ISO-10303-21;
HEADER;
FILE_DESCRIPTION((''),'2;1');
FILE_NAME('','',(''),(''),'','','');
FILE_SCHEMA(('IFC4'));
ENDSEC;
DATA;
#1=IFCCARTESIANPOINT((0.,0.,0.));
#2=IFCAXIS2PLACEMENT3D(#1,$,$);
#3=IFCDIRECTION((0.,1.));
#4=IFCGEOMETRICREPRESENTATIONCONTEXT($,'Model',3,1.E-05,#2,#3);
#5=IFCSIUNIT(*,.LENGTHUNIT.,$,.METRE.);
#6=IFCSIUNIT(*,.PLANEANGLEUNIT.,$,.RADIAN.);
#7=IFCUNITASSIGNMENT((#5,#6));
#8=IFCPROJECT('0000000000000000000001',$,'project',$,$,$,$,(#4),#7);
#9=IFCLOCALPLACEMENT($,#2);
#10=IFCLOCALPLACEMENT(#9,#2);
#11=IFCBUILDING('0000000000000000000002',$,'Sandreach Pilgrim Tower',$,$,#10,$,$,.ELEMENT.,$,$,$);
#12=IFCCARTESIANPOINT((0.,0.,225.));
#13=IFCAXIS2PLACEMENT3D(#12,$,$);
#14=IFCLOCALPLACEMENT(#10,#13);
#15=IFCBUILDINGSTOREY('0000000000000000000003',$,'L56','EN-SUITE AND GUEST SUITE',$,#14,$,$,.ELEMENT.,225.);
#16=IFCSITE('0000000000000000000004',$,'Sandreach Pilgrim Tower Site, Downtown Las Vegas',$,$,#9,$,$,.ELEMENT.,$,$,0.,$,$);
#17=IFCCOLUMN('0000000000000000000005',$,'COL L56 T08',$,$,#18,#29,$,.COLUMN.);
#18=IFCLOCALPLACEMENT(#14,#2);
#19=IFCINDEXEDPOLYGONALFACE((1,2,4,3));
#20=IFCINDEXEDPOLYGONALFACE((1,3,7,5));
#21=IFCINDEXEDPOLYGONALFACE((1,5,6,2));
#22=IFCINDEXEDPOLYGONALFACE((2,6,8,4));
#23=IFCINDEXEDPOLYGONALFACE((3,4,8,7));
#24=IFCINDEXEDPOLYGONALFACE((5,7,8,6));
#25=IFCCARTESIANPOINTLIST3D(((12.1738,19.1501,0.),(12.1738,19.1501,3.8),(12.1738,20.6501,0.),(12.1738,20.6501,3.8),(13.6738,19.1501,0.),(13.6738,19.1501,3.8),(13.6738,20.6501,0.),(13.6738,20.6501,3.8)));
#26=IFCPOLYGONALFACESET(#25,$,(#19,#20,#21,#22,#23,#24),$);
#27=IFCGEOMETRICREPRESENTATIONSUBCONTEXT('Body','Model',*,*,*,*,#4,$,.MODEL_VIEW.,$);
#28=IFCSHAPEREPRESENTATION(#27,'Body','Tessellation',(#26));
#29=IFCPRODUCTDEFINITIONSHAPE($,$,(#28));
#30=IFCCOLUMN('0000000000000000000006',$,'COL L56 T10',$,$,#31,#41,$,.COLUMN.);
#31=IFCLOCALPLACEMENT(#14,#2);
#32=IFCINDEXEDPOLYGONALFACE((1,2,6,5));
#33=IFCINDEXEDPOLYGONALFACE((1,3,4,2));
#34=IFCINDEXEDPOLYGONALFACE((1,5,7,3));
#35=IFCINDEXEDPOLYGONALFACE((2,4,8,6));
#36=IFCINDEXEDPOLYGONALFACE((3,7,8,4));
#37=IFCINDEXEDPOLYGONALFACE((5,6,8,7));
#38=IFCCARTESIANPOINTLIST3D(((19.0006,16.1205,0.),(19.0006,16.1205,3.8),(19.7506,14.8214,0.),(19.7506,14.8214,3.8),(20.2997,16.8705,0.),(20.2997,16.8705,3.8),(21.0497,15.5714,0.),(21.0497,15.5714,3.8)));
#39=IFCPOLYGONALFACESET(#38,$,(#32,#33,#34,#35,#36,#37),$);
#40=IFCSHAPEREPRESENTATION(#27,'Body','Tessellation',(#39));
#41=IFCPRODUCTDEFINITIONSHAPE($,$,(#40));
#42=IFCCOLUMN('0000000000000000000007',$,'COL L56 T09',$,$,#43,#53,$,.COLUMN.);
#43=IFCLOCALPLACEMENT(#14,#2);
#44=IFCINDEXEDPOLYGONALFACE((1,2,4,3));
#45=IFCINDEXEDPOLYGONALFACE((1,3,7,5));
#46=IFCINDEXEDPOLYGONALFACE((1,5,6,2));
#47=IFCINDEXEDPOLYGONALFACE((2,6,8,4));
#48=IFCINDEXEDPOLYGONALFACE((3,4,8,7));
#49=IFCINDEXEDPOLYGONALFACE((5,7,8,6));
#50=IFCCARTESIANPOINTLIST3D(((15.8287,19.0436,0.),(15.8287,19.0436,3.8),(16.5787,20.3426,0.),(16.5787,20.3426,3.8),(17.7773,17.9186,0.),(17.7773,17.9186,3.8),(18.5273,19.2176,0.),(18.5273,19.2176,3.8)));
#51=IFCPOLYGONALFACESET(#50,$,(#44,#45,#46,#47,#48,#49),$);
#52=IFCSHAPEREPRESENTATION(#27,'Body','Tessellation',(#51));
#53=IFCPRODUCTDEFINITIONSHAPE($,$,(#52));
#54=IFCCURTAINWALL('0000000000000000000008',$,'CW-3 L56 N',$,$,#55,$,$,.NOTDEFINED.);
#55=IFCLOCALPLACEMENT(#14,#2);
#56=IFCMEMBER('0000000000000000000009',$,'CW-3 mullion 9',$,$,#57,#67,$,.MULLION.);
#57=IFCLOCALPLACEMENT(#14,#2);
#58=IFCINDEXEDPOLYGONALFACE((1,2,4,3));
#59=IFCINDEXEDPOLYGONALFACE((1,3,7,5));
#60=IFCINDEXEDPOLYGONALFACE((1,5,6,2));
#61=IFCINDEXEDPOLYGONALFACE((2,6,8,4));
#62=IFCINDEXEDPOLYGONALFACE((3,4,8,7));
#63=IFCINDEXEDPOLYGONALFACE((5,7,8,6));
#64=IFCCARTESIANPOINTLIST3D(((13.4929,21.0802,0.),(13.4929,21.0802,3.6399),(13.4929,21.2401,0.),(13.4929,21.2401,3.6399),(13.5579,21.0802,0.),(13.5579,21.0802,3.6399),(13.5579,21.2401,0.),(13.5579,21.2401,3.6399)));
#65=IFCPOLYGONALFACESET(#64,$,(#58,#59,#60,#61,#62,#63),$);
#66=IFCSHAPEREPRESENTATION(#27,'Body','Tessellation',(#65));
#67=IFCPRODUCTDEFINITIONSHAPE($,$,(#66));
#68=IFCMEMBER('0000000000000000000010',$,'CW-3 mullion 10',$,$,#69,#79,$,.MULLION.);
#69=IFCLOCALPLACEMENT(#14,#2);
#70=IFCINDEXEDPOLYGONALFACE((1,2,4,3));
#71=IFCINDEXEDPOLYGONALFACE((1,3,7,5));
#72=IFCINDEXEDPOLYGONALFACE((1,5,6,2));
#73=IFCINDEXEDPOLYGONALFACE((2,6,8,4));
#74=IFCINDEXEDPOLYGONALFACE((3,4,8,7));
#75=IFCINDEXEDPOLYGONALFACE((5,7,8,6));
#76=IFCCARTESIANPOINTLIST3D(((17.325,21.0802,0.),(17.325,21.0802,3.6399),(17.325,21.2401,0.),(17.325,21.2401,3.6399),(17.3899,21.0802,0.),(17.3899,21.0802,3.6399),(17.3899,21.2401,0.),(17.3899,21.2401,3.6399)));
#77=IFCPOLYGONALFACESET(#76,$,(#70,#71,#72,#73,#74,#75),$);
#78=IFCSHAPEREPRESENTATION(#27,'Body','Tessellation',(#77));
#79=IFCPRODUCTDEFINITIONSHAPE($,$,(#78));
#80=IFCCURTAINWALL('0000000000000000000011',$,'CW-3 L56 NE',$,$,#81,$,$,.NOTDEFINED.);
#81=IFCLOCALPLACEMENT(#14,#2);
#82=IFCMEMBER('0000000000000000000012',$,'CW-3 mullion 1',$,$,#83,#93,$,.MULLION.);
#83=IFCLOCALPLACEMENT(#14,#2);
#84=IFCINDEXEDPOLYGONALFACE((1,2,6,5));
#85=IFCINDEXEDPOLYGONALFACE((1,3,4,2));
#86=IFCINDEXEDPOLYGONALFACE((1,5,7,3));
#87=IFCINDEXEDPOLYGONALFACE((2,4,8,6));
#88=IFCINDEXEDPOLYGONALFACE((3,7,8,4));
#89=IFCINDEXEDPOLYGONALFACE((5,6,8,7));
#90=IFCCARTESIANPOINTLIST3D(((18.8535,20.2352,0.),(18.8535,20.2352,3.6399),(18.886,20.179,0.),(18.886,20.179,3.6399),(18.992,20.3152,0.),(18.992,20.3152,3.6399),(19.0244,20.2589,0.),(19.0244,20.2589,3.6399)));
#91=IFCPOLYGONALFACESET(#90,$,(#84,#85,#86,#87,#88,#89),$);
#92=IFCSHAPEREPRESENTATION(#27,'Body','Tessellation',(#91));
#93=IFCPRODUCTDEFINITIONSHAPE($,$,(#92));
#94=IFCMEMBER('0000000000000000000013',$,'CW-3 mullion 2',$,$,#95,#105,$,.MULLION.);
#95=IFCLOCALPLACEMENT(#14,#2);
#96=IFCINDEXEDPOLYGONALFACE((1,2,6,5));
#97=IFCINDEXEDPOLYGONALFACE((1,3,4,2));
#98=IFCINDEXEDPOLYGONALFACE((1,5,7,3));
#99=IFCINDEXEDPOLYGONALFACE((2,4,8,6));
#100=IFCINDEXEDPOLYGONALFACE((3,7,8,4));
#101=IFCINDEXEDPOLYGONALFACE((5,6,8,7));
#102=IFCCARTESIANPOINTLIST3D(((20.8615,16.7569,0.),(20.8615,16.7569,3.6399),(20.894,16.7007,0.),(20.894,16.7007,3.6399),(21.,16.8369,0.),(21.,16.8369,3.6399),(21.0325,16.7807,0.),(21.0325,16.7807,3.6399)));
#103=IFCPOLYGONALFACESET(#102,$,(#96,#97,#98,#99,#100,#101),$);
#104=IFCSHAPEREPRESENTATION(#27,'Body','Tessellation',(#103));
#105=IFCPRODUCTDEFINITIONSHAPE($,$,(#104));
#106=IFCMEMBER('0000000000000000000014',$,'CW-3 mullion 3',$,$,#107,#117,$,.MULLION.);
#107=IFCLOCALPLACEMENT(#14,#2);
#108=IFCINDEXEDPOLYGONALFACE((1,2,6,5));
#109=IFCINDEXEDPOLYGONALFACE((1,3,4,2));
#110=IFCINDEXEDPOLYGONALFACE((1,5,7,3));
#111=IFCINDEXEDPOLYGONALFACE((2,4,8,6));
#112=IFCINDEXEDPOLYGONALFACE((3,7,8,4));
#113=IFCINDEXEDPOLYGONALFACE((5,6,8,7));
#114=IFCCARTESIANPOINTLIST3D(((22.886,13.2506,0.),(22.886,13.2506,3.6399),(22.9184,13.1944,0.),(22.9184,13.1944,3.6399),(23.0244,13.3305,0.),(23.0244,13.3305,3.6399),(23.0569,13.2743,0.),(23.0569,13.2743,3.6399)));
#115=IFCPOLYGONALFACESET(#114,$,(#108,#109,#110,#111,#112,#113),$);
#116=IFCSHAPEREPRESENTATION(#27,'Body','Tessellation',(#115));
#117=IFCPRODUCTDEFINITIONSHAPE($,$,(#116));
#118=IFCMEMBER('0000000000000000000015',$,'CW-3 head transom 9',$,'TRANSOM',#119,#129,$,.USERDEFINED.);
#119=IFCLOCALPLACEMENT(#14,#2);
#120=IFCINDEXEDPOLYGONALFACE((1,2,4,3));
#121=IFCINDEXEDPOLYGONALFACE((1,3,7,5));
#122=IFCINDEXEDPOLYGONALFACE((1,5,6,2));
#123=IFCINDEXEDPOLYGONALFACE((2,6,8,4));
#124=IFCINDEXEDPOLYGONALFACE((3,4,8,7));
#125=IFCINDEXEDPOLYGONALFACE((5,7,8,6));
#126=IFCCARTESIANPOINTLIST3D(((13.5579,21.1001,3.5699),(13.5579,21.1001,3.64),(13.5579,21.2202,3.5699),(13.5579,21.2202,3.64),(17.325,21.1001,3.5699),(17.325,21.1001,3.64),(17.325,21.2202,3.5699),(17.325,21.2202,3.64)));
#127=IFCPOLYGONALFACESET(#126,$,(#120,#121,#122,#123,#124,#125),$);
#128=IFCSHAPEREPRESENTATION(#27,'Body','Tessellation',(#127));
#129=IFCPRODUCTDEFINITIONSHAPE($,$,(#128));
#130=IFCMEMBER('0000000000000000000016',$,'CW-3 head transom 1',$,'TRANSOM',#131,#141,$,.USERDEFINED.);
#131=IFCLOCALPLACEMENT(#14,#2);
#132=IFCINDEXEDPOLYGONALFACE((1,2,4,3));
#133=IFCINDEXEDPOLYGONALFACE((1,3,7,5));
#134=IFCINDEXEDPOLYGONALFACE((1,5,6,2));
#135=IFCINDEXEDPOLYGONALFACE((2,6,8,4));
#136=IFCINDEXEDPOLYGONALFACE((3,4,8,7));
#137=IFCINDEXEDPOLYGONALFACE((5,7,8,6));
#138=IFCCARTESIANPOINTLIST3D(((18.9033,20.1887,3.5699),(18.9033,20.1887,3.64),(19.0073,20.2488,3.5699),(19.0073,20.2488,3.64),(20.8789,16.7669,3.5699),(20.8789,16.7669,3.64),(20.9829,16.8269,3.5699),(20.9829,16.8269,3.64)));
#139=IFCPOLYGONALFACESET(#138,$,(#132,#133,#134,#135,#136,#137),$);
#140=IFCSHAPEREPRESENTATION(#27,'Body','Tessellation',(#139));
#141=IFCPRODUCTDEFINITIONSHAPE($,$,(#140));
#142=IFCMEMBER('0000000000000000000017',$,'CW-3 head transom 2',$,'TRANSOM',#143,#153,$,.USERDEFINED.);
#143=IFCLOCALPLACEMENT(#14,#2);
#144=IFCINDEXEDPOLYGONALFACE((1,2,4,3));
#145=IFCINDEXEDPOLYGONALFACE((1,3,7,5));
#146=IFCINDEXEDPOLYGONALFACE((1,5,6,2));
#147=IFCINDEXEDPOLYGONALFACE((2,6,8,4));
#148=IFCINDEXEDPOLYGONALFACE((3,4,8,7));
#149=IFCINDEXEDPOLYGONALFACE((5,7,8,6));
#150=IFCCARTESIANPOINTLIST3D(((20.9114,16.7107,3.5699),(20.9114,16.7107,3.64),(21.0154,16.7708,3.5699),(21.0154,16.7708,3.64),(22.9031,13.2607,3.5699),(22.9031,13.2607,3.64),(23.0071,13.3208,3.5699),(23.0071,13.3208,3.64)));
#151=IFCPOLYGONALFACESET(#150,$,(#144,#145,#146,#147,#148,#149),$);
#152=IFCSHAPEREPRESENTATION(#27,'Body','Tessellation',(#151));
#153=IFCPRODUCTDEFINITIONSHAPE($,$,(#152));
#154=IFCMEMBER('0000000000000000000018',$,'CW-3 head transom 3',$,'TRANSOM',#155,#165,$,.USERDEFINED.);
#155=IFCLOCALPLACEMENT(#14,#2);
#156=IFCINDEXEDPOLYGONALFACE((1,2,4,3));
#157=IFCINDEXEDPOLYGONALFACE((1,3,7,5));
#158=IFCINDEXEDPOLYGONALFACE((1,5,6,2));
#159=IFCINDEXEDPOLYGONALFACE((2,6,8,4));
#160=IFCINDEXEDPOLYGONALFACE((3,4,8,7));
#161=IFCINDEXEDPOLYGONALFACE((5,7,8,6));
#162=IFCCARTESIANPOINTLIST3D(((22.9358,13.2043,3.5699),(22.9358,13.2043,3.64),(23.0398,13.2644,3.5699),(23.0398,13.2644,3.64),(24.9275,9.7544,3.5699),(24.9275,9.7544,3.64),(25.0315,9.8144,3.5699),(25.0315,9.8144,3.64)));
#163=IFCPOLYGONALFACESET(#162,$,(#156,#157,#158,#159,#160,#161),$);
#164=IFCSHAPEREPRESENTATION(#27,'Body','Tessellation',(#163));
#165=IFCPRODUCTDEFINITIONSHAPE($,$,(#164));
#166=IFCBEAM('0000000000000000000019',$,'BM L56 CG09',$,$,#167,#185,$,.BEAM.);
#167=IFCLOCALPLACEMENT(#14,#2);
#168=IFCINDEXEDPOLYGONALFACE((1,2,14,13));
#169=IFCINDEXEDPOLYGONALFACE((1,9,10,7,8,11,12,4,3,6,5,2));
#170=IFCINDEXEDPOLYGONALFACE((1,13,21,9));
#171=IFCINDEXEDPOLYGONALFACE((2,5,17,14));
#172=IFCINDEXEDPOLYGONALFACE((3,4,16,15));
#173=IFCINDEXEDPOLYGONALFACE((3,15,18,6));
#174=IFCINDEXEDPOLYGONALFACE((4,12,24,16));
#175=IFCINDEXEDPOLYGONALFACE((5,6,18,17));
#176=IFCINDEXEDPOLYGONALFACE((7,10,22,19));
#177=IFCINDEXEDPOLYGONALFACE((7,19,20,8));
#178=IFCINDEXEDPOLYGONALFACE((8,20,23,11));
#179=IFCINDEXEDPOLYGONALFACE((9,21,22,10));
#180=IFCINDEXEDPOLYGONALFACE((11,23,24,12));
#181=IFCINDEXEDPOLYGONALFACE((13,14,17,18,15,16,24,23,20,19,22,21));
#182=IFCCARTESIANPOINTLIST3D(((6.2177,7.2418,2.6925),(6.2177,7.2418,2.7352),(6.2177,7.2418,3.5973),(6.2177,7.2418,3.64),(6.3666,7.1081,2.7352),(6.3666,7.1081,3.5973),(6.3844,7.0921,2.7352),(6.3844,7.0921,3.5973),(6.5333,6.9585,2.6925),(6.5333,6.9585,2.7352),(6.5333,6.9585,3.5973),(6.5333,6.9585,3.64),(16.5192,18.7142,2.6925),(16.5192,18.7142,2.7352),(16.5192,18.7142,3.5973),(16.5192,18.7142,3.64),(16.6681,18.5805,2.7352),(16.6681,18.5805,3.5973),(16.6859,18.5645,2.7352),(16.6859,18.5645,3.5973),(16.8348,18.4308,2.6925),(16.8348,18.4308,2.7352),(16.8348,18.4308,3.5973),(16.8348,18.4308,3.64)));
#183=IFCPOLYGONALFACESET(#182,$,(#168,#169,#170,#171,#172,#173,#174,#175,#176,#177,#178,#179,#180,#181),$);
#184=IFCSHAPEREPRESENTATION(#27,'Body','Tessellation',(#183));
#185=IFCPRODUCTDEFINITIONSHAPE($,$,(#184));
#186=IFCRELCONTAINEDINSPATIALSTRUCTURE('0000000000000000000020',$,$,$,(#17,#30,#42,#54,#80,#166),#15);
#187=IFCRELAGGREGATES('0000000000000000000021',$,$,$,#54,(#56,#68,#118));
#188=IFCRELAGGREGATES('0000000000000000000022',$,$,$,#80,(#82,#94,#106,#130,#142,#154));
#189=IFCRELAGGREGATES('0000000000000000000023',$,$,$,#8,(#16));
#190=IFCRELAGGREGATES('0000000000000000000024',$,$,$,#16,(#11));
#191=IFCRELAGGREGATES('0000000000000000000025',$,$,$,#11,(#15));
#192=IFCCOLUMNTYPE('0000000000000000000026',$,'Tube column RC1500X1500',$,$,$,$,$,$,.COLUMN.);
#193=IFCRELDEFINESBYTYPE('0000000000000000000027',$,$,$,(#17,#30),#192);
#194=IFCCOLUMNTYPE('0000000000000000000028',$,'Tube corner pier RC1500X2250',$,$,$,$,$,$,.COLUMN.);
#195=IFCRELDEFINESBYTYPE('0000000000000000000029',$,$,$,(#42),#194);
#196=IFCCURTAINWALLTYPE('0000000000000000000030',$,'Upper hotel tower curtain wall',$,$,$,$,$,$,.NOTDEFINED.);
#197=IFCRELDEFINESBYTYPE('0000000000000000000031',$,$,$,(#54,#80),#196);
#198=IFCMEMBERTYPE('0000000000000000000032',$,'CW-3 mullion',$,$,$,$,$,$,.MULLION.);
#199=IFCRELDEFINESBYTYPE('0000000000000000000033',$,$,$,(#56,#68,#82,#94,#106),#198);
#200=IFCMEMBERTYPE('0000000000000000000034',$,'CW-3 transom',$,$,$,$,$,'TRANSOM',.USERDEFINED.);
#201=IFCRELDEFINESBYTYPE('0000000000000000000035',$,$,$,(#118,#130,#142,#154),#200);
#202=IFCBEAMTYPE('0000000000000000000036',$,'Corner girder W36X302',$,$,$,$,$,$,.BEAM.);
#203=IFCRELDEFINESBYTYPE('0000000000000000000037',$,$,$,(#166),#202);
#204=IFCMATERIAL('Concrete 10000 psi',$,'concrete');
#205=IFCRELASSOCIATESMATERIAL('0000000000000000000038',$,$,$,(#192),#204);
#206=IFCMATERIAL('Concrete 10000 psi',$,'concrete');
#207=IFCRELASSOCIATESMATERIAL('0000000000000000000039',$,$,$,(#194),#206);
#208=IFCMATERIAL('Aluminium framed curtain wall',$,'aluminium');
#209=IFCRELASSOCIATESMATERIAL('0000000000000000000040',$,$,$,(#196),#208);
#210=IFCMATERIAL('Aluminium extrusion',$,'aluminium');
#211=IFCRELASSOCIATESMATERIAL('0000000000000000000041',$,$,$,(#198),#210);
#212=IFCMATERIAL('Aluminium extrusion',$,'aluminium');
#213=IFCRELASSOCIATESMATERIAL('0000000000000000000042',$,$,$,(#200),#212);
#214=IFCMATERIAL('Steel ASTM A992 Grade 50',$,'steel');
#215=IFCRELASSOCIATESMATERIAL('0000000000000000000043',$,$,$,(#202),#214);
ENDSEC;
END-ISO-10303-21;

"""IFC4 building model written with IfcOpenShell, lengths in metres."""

from ifc_helpers import new_model, si_unit, direction, frame, origin, origin_2d, place, context, subcontext, project, spatial, rectangle, i_section, extrude, material, material_profile, profile_set, type_object, element, aggregate, save


model = new_model("IFC4")

# Units and contexts
model_context = context("Model", 3, precision=1e-05, world=origin(), true_north=direction((0.0, 1.0)))
body_context = subcontext(model_context, "Body", "Model", "MODEL_VIEW")
ifc_project = project(units=[si_unit("LENGTHUNIT", "METRE"), si_unit("PLANEANGLEUNIT", "RADIAN")], contexts=[model_context])

# Site, building, storey
site_placement = place(None, origin())
site = spatial("IfcSite", under=ifc_project, at=site_placement, Name="Sandreach Pilgrim Tower Site, Downtown Las Vegas", CompositionType="ELEMENT", RefElevation=0.0)
building_placement = place(site_placement, origin())
building = spatial("IfcBuilding", under=site, at=building_placement, Name="Sandreach Pilgrim Tower", CompositionType="ELEMENT")
storey_placement = place(building_placement, frame((0.0, 0.0, 225.0)))
storey = spatial("IfcBuildingStorey", under=building, at=storey_placement, Name="L56", Description="EN-SUITE AND GUEST SUITE", CompositionType="ELEMENT", Elevation=225.0)

# Columns
ifc_material_1 = material(Name="Concrete 10000 psi", Category="concrete")
ifc_material_profile_1 = material_profile(ifc_material_1, rectangle(XDim=1.5, YDim=1.5, at=origin_2d()), Name="RC1500X1500")
ifc_profile_set_1 = profile_set([ifc_material_profile_1], Name="Concrete 10000 psi")
column_type_1 = type_object("IfcColumnType", Name="Tube column RC1500X1500", PredefinedType="COLUMN", material=ifc_profile_set_1)
for number, where, z_axis, x_axis, name in (
    (1, (12.9238, 19.9001, 0.0), (0.0, 0.0, 1.0), (0.0, 1.0, 0.0), "COL L56 T08"),
    (2, (20.0251, 15.8459, 0.0), (0.0, 0.0, 1.0), (0.866025, 0.5, 0.0), "COL L56 T10"),
):
    element("IfcColumn", number, at=place(storey_placement, frame(where, z_axis=z_axis, x_axis=x_axis)), inside=storey, type_object=column_type_1, Name=name, PredefinedType="COLUMN", context=body_context, shape_type="SweptSolid", body=[
        extrude(rectangle(XDim=1.5, YDim=1.5, at=origin_2d()), origin(), (0.0, 0.0, 1.0), 3.8),
    ])
ifc_material_2 = material(Name="Concrete 10000 psi", Category="concrete")
ifc_material_profile_2 = material_profile(ifc_material_2, rectangle(XDim=1.5, YDim=2.25, at=origin_2d()), Name="RC1500X2250")
ifc_profile_set_2 = profile_set([ifc_material_profile_2], Name="Concrete 10000 psi")
column_type_2 = type_object("IfcColumnType", Name="Tube corner pier RC1500X2250", PredefinedType="COLUMN", material=ifc_profile_set_2)
column_placement = place(storey_placement, frame((17.178, 19.1306, 0.0), z_axis=(0.0, 0.0, 1.0), x_axis=(0.5, 0.866025, 0.0)))
element("IfcColumn", 3, at=column_placement, inside=storey, type_object=column_type_2, Name="COL L56 T09", PredefinedType="COLUMN", context=body_context, shape_type="SweptSolid", body=[
    extrude(rectangle(XDim=1.5, YDim=2.25, at=origin_2d()), origin(), (0.0, 0.0, 1.0), 3.8),
])

# Curtain walls, members
ifc_material_3 = material(Name="Aluminium framed curtain wall", Category="aluminium")
curtain_wall_type = type_object("IfcCurtainWallType", Name="Upper hotel tower curtain wall", PredefinedType="NOTDEFINED", material=ifc_material_3)
curtain_wall_1_placement = place(storey_placement, origin())
curtain_wall_1 = element("IfcCurtainWall", 4, at=curtain_wall_1_placement, inside=storey, type_object=curtain_wall_type, Name="CW-3 L56 N", PredefinedType="NOTDEFINED")
ifc_material_4 = material(Name="Aluminium extrusion", Category="aluminium")
ifc_material_profile_3 = material_profile(ifc_material_4, rectangle(XDim=0.0649, YDim=0.1599, at=origin_2d()), Name="CW-3M 65X160")
ifc_profile_set_3 = profile_set([ifc_material_profile_3], Name="Aluminium extrusion")
member_type_1 = type_object("IfcMemberType", Name="CW-3 mullion", PredefinedType="MULLION", material=ifc_profile_set_3)
member_1_placement = place(storey_placement, frame((13.5254, 21.1602, 0.0), z_axis=(0.0, 0.0, 1.0), x_axis=(1.0, 0.0, 0.0)))
member_1 = element("IfcMember", 5, at=member_1_placement, type_object=member_type_1, Name="CW-3 mullion 9", PredefinedType="MULLION", context=body_context, shape_type="SweptSolid", body=[
    extrude(rectangle(XDim=0.0649, YDim=0.1599, at=origin_2d()), origin(), (0.0, 0.0, 1.0), 3.6399),
])
member_2_placement = place(storey_placement, frame((17.3574, 21.1602, 0.0), z_axis=(0.0, 0.0, 1.0), x_axis=(1.0, 0.0, 0.0)))
member_2 = element("IfcMember", 6, at=member_2_placement, type_object=member_type_1, Name="CW-3 mullion 10", PredefinedType="MULLION", context=body_context, shape_type="SweptSolid", body=[
    extrude(rectangle(XDim=0.0649, YDim=0.1599, at=origin_2d()), origin(), (0.0, 0.0, 1.0), 3.6399),
])
curtain_wall_2_placement = place(storey_placement, origin())
curtain_wall_2 = element("IfcCurtainWall", 7, at=curtain_wall_2_placement, inside=storey, type_object=curtain_wall_type, Name="CW-3 L56 NE", PredefinedType="NOTDEFINED")
member_3_placement = place(storey_placement, frame((18.939, 20.2471, 0.0), z_axis=(0.0, 0.0, 1.0), x_axis=(0.5, -0.866025, 0.0)))
member_3 = element("IfcMember", 8, at=member_3_placement, type_object=member_type_1, Name="CW-3 mullion 1", PredefinedType="MULLION", context=body_context, shape_type="SweptSolid", body=[
    extrude(rectangle(XDim=0.0649, YDim=0.1599, at=origin_2d()), origin(), (0.0, 0.0, 1.0), 3.6399),
])
member_4_placement = place(storey_placement, frame((20.947, 16.7688, 0.0), z_axis=(0.0, 0.0, 1.0), x_axis=(0.5, -0.866025, 0.0)))
member_4 = element("IfcMember", 9, at=member_4_placement, type_object=member_type_1, Name="CW-3 mullion 2", PredefinedType="MULLION", context=body_context, shape_type="SweptSolid", body=[
    extrude(rectangle(XDim=0.0649, YDim=0.1599, at=origin_2d()), origin(), (0.0, 0.0, 1.0), 3.6399),
])
member_5_placement = place(storey_placement, frame((22.9714, 13.2625, 0.0), z_axis=(0.0, 0.0, 1.0), x_axis=(0.5, -0.866025, 0.0)))
member_5 = element("IfcMember", 10, at=member_5_placement, type_object=member_type_1, Name="CW-3 mullion 3", PredefinedType="MULLION", context=body_context, shape_type="SweptSolid", body=[
    extrude(rectangle(XDim=0.0649, YDim=0.1599, at=origin_2d()), origin(), (0.0, 0.0, 1.0), 3.6399),
])

# Members
ifc_material_5 = material(Name="Aluminium extrusion", Category="aluminium")
ifc_material_profile_4 = material_profile(ifc_material_5, rectangle(XDim=0.1201, YDim=0.0701, at=origin_2d()), Name="CW-3T 120X70")
ifc_profile_set_4 = profile_set([ifc_material_profile_4], Name="Aluminium extrusion")
member_type_2 = type_object("IfcMemberType", Name="CW-3 transom", ElementType="TRANSOM", PredefinedType="USERDEFINED", material=ifc_profile_set_4)
member_6_placement = place(storey_placement, frame((13.5579, 21.1602, 3.605), z_axis=(1.0, 0.0, 0.0), x_axis=(0.0, 1.0, 0.0)))
member_6 = element("IfcMember", 11, at=member_6_placement, type_object=member_type_2, Name="CW-3 head transom 9", ObjectType="TRANSOM", PredefinedType="USERDEFINED", context=body_context, shape_type="SweptSolid", body=[
    extrude(rectangle(XDim=0.1201, YDim=0.0701, at=origin_2d()), origin(), (0.0, 0.0, 1.0), 3.7671),
])
member_7_placement = place(storey_placement, frame((18.9553, 20.2188, 3.605), z_axis=(0.499993, -0.866029, 0.0), x_axis=(0.866029, 0.499993, 0.0)))
member_7 = element("IfcMember", 12, at=member_7_placement, type_object=member_type_2, Name="CW-3 head transom 1", ObjectType="TRANSOM", PredefinedType="USERDEFINED", context=body_context, shape_type="SweptSolid", body=[
    extrude(rectangle(XDim=0.1201, YDim=0.0701, at=origin_2d()), origin(), (0.0, 0.0, 1.0), 3.9512),
])
member_8_placement = place(storey_placement, frame((20.9634, 16.7407, 3.605), z_axis=(0.499975, -0.86604, 0.0), x_axis=(0.86604, 0.499975, 0.0)))
member_8 = element("IfcMember", 13, at=member_8_placement, type_object=member_type_2, Name="CW-3 head transom 2", ObjectType="TRANSOM", PredefinedType="USERDEFINED", context=body_context, shape_type="SweptSolid", body=[
    extrude(rectangle(XDim=0.1201, YDim=0.0701, at=origin_2d()), origin(), (0.0, 0.0, 1.0), 3.9836),
])
member_9_placement = place(storey_placement, frame((22.9878, 13.2344, 3.605), z_axis=(0.499975, -0.86604, 0.0), x_axis=(0.86604, 0.499975, 0.0)))
member_9 = element("IfcMember", 14, at=member_9_placement, type_object=member_type_2, Name="CW-3 head transom 3", ObjectType="TRANSOM", PredefinedType="USERDEFINED", context=body_context, shape_type="SweptSolid", body=[
    extrude(rectangle(XDim=0.1201, YDim=0.0701, at=origin_2d()), origin(), (0.0, 0.0, 1.0), 3.9836),
])

# Beam
ifc_material_6 = material(Name="Steel ASTM A992 Grade 50", Category="steel")
ifc_material_profile_5 = material_profile(ifc_material_6, i_section(OverallWidth=0.4241, OverallDepth=0.9475, WebThickness=0.0239, FlangeThickness=0.0427, at=origin_2d()), Name="W36X302")
ifc_profile_set_5 = profile_set([ifc_material_profile_5], Name="Steel ASTM A992 Grade 50")
beam_type_1 = type_object("IfcBeamType", Name="Corner girder W36X302", PredefinedType="BEAM", material=ifc_profile_set_5)
beam_1_placement = place(storey_placement, frame((16.677, 18.5725, 3.1663), z_axis=(-0.668117, -0.744057, 0.0), x_axis=(0.744057, -0.668117, 0.0)))
element("IfcBeam", 15, at=beam_1_placement, inside=storey, type_object=beam_type_1, Name="BM L56 CG09", PredefinedType="BEAM", context=body_context, shape_type="SweptSolid", body=[
    extrude(i_section(OverallWidth=0.4241, OverallDepth=0.9475, WebThickness=0.0239, FlangeThickness=0.0427, at=origin_2d()), origin(), (0.0, 0.0, 1.0), 15.4187),
])

aggregate(curtain_wall_1, [member_1, member_2, member_6])
aggregate(curtain_wall_2, [member_3, member_4, member_5, member_7, member_8, member_9])

save(model, "model.ifc")
